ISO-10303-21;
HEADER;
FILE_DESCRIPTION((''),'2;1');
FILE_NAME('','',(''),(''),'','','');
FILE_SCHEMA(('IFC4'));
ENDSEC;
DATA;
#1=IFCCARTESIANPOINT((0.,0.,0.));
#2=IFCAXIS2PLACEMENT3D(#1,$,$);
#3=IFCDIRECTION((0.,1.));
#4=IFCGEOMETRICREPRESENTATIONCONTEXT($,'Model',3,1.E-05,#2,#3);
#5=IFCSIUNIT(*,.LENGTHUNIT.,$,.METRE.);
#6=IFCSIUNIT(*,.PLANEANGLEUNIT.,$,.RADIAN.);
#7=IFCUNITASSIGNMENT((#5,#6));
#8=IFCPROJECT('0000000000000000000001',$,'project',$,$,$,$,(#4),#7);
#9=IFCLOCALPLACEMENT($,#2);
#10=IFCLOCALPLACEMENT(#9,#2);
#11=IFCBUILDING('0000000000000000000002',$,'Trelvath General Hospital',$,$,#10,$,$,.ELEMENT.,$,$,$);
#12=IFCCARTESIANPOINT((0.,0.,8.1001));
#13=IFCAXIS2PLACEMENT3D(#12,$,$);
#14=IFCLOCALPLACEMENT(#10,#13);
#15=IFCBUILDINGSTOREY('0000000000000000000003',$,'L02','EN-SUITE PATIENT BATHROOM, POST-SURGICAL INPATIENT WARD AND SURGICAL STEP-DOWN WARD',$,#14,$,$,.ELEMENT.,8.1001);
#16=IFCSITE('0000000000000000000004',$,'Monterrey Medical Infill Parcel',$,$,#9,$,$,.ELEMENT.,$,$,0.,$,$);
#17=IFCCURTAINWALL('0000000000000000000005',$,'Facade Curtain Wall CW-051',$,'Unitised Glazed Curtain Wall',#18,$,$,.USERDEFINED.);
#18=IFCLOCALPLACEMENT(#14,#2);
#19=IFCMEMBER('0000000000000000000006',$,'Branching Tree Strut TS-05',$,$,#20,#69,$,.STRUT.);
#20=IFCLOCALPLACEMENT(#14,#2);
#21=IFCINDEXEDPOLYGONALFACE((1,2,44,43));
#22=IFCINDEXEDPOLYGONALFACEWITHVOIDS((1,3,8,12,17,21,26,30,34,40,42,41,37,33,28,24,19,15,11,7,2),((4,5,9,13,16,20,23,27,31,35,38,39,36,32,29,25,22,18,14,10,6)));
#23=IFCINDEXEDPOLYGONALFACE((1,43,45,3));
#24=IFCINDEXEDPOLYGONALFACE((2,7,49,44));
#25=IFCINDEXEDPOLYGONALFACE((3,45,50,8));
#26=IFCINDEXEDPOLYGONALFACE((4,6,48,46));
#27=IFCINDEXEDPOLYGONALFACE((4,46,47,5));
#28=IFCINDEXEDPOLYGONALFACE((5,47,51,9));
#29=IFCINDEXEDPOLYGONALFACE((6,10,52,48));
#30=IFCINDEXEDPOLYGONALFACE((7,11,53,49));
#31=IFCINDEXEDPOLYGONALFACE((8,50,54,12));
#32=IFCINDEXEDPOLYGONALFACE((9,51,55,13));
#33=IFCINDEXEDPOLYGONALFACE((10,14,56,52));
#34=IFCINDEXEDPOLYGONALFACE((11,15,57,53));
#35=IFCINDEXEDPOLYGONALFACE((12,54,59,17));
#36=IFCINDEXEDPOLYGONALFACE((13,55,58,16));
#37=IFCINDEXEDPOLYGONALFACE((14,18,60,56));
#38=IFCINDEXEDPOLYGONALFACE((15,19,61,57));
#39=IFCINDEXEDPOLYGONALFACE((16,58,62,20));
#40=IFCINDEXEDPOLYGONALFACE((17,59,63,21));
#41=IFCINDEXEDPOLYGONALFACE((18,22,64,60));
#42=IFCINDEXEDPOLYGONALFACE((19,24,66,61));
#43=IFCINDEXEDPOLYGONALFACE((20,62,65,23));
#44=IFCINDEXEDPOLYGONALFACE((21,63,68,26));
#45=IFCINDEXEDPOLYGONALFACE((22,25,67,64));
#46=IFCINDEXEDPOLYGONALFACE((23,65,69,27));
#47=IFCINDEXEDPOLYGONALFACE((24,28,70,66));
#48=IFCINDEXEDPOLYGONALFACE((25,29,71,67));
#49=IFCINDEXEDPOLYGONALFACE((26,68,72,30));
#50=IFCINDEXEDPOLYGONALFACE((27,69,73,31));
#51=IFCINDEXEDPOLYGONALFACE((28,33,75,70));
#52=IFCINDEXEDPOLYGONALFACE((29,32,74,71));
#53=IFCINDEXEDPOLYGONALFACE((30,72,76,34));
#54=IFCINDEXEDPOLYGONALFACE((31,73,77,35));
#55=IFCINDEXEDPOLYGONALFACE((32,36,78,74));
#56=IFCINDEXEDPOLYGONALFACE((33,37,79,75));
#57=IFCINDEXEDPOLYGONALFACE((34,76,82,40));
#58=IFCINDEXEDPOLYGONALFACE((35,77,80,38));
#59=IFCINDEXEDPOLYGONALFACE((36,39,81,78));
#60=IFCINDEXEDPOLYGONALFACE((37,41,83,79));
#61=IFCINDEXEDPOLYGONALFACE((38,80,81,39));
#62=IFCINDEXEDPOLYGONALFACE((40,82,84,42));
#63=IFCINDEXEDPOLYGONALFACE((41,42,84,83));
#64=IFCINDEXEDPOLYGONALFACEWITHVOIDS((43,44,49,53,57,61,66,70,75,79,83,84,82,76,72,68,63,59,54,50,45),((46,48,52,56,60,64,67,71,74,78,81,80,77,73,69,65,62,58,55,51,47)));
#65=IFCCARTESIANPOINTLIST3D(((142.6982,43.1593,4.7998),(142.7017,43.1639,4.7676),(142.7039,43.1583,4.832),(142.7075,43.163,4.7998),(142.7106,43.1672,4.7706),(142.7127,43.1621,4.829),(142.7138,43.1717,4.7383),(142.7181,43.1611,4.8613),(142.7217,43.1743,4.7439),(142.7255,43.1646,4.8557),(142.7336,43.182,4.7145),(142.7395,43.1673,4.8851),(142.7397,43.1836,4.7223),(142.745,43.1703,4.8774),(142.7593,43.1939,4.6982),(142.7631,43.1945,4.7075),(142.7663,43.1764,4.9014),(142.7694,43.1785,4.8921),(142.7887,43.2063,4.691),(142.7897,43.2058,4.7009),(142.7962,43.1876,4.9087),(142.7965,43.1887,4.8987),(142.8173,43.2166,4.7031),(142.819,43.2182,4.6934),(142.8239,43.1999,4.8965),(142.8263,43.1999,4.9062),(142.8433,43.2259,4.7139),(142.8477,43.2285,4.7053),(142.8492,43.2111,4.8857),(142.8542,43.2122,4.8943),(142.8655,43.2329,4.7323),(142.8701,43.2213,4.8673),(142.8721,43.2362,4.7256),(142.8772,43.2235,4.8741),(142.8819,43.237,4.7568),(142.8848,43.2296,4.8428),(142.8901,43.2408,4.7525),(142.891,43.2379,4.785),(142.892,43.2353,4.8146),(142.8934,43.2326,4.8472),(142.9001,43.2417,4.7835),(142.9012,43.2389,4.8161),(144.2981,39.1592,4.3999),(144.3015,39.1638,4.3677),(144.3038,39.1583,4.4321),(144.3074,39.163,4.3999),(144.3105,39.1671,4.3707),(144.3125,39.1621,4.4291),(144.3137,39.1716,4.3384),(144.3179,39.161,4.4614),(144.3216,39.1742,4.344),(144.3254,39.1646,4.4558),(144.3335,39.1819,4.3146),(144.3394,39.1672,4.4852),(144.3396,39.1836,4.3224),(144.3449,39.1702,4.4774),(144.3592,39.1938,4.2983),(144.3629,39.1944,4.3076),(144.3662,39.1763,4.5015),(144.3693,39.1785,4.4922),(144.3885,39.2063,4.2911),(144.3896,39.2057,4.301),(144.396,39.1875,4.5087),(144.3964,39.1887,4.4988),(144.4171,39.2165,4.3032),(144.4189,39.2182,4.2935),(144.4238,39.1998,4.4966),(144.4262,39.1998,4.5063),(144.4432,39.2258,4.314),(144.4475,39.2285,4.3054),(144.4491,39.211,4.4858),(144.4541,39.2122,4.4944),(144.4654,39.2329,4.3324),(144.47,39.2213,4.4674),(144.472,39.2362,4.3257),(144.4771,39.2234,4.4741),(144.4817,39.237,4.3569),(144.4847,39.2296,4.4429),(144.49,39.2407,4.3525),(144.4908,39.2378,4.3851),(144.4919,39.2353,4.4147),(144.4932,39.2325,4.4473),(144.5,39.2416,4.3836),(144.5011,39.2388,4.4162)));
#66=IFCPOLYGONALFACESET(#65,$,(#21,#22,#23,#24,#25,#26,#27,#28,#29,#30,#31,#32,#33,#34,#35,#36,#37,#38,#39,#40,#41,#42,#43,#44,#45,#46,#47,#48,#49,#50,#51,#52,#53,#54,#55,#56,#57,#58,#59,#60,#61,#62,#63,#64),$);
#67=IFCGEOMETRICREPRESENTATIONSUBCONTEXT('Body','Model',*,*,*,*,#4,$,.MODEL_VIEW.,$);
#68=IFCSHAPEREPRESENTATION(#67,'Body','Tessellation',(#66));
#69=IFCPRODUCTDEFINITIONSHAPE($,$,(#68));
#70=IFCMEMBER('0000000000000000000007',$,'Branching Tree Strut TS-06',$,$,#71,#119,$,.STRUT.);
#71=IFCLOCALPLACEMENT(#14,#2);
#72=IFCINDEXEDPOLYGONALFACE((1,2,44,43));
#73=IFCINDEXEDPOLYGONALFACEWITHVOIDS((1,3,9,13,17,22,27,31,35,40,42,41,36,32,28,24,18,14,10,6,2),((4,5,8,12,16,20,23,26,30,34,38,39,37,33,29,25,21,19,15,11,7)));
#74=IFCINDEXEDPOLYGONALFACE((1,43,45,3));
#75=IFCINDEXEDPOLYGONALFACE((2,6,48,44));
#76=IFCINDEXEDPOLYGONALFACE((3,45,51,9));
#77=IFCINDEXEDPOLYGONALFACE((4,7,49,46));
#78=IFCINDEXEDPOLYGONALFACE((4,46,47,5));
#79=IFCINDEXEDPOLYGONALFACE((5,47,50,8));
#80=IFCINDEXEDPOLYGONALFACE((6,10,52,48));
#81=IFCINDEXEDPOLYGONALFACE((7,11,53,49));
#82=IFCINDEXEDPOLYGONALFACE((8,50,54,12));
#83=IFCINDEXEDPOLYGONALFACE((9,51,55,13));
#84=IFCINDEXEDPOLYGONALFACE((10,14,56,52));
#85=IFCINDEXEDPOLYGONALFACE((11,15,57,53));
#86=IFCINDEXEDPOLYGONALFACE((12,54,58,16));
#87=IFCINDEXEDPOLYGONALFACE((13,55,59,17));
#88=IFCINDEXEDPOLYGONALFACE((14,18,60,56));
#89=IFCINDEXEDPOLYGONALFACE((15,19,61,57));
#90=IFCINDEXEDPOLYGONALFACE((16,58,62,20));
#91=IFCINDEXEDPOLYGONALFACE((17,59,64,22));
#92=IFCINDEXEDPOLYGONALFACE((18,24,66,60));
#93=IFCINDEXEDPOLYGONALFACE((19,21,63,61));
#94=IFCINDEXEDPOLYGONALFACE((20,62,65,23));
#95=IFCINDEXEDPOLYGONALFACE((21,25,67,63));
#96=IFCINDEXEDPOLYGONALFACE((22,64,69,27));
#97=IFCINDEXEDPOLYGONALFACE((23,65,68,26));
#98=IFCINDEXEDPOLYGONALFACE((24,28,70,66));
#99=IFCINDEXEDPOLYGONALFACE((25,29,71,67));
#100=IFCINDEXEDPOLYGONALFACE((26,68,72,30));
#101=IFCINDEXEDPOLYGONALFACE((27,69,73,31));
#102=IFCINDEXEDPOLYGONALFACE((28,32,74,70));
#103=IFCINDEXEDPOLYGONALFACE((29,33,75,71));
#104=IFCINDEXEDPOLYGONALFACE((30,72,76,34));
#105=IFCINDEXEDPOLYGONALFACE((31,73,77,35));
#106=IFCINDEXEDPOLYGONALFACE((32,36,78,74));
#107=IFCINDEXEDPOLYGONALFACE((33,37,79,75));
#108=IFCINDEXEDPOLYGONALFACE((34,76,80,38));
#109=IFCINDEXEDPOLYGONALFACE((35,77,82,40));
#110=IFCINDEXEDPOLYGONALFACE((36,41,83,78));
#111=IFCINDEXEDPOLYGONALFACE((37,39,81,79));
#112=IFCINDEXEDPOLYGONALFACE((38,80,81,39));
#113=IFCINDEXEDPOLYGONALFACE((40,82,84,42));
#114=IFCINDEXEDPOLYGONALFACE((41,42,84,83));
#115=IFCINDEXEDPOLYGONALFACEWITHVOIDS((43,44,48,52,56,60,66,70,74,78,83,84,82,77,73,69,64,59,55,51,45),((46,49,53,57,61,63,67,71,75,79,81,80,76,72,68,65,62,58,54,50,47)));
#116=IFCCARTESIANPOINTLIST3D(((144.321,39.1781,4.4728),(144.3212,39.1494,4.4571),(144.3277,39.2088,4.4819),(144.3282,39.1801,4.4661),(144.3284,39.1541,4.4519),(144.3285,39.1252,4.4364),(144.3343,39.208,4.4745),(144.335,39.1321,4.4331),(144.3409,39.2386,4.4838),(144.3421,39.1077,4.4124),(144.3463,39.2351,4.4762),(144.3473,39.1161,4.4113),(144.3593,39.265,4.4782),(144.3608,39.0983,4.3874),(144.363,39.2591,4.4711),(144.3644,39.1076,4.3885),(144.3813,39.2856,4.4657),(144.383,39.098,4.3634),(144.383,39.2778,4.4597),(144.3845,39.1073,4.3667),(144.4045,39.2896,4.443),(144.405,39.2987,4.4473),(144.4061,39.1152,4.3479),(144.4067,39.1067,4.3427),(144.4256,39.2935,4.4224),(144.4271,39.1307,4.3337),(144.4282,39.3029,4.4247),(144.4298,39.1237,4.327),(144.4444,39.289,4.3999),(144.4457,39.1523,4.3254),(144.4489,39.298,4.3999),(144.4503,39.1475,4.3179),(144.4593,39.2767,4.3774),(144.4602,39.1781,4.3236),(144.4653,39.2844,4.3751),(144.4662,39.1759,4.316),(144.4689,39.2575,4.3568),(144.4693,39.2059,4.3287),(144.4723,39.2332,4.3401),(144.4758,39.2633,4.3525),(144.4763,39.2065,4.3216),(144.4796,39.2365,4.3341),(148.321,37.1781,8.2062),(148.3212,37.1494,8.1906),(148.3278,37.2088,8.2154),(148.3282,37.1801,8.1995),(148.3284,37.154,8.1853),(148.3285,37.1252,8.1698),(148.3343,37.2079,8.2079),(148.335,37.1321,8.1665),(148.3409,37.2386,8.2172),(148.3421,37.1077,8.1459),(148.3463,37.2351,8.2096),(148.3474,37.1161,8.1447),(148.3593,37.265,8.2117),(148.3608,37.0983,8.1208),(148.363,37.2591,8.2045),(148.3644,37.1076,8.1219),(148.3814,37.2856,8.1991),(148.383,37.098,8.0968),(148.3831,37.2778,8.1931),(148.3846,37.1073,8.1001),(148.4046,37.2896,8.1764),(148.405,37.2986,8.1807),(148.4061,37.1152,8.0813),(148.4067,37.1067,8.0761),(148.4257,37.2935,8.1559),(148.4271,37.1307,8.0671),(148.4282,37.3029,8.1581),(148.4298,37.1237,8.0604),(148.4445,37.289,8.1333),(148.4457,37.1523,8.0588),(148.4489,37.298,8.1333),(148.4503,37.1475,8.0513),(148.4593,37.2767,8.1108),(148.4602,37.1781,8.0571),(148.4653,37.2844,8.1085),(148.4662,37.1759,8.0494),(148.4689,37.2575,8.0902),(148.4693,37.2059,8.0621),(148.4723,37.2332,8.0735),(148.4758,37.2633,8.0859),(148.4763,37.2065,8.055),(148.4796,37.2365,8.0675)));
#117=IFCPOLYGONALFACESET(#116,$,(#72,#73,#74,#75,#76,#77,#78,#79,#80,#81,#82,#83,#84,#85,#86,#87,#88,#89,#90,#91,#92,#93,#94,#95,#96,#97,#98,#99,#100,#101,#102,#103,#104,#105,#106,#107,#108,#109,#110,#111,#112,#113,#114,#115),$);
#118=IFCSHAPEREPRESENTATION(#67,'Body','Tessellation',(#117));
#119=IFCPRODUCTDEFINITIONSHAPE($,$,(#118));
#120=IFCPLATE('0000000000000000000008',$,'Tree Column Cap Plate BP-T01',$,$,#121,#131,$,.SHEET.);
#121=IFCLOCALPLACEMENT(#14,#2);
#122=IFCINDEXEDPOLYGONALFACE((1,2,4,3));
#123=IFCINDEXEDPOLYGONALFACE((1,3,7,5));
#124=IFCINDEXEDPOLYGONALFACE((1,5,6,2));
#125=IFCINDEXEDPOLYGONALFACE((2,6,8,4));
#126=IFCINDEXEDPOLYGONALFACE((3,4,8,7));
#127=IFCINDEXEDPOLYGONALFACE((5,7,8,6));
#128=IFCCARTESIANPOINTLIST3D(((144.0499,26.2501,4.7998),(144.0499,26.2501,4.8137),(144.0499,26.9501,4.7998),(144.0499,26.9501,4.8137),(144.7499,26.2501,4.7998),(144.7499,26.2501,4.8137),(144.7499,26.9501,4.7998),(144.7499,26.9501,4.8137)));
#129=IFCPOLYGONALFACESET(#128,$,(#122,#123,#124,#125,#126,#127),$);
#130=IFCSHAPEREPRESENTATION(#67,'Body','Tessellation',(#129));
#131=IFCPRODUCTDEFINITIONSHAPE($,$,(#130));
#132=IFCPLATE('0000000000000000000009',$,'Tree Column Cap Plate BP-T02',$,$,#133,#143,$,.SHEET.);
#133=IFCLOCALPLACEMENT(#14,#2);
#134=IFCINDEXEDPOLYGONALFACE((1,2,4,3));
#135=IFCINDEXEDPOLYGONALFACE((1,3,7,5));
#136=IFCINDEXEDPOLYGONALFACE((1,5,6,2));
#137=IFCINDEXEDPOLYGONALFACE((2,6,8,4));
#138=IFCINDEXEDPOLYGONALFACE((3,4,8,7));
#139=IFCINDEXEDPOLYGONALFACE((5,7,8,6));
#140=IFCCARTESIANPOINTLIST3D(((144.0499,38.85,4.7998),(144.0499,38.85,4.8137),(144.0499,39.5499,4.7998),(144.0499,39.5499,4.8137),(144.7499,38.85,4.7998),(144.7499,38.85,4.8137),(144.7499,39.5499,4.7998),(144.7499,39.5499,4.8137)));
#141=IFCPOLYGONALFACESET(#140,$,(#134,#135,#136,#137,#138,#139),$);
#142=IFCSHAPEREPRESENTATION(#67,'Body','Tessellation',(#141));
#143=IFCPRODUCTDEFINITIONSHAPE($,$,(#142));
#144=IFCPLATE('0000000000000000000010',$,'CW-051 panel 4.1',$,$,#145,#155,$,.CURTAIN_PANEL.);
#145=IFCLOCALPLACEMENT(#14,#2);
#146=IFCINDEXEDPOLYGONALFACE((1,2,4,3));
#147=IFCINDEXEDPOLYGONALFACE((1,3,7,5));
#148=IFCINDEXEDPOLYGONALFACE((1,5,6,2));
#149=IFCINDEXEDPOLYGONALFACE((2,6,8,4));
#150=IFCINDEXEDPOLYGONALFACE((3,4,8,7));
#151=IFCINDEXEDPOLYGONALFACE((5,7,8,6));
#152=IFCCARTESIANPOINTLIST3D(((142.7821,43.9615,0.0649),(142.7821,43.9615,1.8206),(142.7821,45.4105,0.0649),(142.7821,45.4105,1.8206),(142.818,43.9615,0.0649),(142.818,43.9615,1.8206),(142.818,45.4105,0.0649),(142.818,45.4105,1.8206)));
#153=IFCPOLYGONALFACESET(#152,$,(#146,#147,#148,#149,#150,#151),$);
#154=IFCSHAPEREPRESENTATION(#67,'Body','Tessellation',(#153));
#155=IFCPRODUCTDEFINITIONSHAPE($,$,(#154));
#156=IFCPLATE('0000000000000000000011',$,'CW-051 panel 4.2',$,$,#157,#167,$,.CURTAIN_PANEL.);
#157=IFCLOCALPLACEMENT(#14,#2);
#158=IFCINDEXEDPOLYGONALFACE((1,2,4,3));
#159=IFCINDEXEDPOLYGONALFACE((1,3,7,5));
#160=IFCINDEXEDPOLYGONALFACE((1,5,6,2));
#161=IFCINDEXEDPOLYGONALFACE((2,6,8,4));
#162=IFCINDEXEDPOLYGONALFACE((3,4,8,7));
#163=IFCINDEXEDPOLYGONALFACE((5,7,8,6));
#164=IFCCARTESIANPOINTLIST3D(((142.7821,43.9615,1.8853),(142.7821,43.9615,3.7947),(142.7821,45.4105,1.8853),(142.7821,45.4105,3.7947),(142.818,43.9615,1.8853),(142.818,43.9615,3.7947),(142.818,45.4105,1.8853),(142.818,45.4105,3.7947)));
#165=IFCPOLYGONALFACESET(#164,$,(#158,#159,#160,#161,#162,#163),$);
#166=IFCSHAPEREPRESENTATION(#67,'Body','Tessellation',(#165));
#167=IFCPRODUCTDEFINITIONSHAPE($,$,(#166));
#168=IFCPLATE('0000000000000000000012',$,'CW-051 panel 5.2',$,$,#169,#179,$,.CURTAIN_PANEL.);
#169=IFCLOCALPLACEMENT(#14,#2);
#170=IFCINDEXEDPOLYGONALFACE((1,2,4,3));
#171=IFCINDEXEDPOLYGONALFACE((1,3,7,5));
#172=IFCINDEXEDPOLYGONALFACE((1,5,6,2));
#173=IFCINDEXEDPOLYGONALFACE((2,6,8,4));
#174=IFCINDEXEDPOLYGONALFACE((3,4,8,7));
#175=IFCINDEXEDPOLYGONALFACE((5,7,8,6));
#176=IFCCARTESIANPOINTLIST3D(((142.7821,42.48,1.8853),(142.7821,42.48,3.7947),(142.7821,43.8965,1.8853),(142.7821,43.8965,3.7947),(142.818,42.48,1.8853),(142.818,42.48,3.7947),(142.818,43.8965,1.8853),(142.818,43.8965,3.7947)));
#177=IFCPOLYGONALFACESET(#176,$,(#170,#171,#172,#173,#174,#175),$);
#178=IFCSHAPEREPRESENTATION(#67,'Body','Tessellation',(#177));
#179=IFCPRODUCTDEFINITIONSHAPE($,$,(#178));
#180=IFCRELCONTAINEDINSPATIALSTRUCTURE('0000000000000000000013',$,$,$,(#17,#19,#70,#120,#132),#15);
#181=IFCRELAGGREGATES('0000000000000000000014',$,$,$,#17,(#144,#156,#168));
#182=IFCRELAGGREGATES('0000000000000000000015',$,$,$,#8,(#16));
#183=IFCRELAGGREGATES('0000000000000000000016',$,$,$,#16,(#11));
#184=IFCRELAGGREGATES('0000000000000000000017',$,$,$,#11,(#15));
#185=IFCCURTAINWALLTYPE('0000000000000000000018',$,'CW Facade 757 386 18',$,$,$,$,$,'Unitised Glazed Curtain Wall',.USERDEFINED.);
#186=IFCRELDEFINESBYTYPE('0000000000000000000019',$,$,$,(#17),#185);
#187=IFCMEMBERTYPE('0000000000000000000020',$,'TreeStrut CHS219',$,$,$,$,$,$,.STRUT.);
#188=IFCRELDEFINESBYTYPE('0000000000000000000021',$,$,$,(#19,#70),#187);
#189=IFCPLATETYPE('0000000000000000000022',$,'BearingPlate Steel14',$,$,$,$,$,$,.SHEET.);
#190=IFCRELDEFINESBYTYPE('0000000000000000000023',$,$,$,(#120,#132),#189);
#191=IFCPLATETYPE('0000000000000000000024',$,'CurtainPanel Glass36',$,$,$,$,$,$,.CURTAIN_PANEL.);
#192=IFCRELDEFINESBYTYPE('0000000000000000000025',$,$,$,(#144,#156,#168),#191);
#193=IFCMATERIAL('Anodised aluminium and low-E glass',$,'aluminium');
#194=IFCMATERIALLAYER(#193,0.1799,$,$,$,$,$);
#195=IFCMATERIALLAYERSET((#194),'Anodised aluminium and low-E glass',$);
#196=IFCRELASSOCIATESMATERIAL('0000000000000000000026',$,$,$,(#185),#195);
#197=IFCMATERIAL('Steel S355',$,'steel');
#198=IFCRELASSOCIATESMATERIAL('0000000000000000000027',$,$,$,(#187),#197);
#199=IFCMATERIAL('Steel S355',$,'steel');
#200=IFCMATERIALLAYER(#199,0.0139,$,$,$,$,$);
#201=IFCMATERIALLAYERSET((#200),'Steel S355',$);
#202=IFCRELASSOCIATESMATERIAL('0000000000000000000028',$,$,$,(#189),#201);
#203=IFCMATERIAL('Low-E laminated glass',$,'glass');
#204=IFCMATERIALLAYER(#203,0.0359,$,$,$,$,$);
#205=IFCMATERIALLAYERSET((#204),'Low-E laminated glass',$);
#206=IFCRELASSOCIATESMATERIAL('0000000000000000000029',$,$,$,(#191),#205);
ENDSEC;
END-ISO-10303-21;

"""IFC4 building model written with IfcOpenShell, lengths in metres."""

from ifc_helpers import new_model, si_unit, direction, frame, origin, origin_2d, place, context, subcontext, project, spatial, rectangle, hollow_circle, extrude, material, layer, layer_set, material_profile, profile_set, type_object, element, aggregate, save


model = new_model("IFC4")

# Units and contexts
model_context = context("Model", 3, precision=1e-05, world=origin(), true_north=direction((0.0, 1.0)))
body_context = subcontext(model_context, "Body", "Model", "MODEL_VIEW")
ifc_project = project(units=[si_unit("LENGTHUNIT", "METRE"), si_unit("PLANEANGLEUNIT", "RADIAN")], contexts=[model_context])

# Site, building, storey
site_placement = place(None, origin())
site = spatial("IfcSite", under=ifc_project, at=site_placement, Name="Monterrey Medical Infill Parcel", CompositionType="ELEMENT", RefElevation=0.0)
building_placement = place(site_placement, origin())
building = spatial("IfcBuilding", under=site, at=building_placement, Name="Trelvath General Hospital", CompositionType="ELEMENT")
storey_placement = place(building_placement, frame((0.0, 0.0, 8.1001)))
storey = spatial("IfcBuildingStorey", under=building, at=storey_placement, Name="L02", Description="EN-SUITE PATIENT BATHROOM, POST-SURGICAL INPATIENT WARD AND SURGICAL STEP-DOWN WARD", CompositionType="ELEMENT", Elevation=8.1001)

# Curtain wall
ifc_material_1 = material(Name="Anodised aluminium and low-E glass", Category="aluminium")
ifc_layer_1 = layer(ifc_material_1, 0.1799)
ifc_layer_set_1 = layer_set([ifc_layer_1], Name="Anodised aluminium and low-E glass")
curtain_wall_type = type_object("IfcCurtainWallType", Name="CW Facade 757 386 18", ElementType="Unitised Glazed Curtain Wall", PredefinedType="USERDEFINED", material=ifc_layer_set_1)
curtain_wall_placement = place(storey_placement, origin())
curtain_wall = element("IfcCurtainWall", 1, at=curtain_wall_placement, inside=storey, type_object=curtain_wall_type, Name="Facade Curtain Wall CW-051", ObjectType="Unitised Glazed Curtain Wall", PredefinedType="USERDEFINED")

# Members
ifc_material_2 = material(Name="Steel S355", Category="steel")
ifc_material_profile_1 = material_profile(ifc_material_2, hollow_circle(Radius=0.1096, WallThickness=0.01, at=origin_2d()), Name="CHS219.1x10.0")
ifc_profile_set_1 = profile_set([ifc_material_profile_1], Name="Steel S355")
member_type_1 = type_object("IfcMemberType", Name="TreeStrut CHS219", PredefinedType="STRUT", material=ifc_profile_set_1)
member_1_placement = place(storey_placement, frame((144.3999, 39.2, 4.3999), z_axis=(-0.369772, 0.924514, 0.092429), x_axis=(-0.928488, -0.371361, 0.0)))
element("IfcMember", 2, at=member_1_placement, inside=storey, type_object=member_type_1, Name="Branching Tree Strut TS-05", PredefinedType="STRUT", context=body_context, shape_type="SweptSolid", body=[
    extrude(hollow_circle(Radius=0.1096, WallThickness=0.01, at=origin_2d()), origin(), (0.0, 0.0, 1.0), 4.3267),
])
member_2_placement = place(storey_placement, frame((144.3999, 39.2, 4.3999), z_axis=(0.686618, -0.343309, 0.640855), x_axis=(0.447214, 0.894427, 0.0)))
element("IfcMember", 3, at=member_2_placement, inside=storey, type_object=member_type_1, Name="Branching Tree Strut TS-06", PredefinedType="STRUT", context=body_context, shape_type="SweptSolid", body=[
    extrude(hollow_circle(Radius=0.1096, WallThickness=0.01, at=origin_2d()), origin(), (0.0, 0.0, 1.0), 5.8257),
])

# Plates
ifc_material_3 = material(Name="Steel S355", Category="steel")
ifc_layer_2 = layer(ifc_material_3, 0.0139)
ifc_layer_set_2 = layer_set([ifc_layer_2], Name="Steel S355")
plate_type_1 = type_object("IfcPlateType", Name="BearingPlate Steel14", PredefinedType="SHEET", material=ifc_layer_set_2)
for number, where, z_axis, x_axis, name in (
    (4, (144.3999, 26.6001, 4.7998), (0.0, 0.0, 1.0), (1.0, 0.0, 0.0), "Tree Column Cap Plate BP-T01"),
    (5, (144.3999, 39.2, 4.7998), (0.0, 0.0, 1.0), (1.0, 0.0, 0.0), "Tree Column Cap Plate BP-T02"),
):
    element("IfcPlate", number, at=place(storey_placement, frame(where, z_axis=z_axis, x_axis=x_axis)), inside=storey, type_object=plate_type_1, Name=name, PredefinedType="SHEET", context=body_context, shape_type="SweptSolid", body=[
        extrude(rectangle(XDim=0.7, YDim=0.7, at=origin_2d()), origin(), (0.0, 0.0, 1.0), 0.0139),
    ])

# Plates
ifc_material_4 = material(Name="Low-E laminated glass", Category="glass")
ifc_layer_3 = layer(ifc_material_4, 0.0359)
ifc_layer_set_3 = layer_set([ifc_layer_3], Name="Low-E laminated glass")
plate_type_2 = type_object("IfcPlateType", Name="CurtainPanel Glass36", PredefinedType="CURTAIN_PANEL", material=ifc_layer_set_3)
plate_1_placement = place(storey_placement, frame((142.8, 44.686, 0.0649), z_axis=(0.0, 0.0, 1.0), x_axis=(0.0, -1.0, 0.0)))
plate_1 = element("IfcPlate", 6, at=plate_1_placement, type_object=plate_type_2, Name="CW-051 panel 4.1", PredefinedType="CURTAIN_PANEL", context=body_context, shape_type="SweptSolid", body=[
    extrude(rectangle(XDim=1.449, YDim=0.0359, at=origin_2d()), origin(), (0.0, 0.0, 1.0), 1.7556),
])
plate_2_placement = place(storey_placement, frame((142.8, 44.686, 1.8853), z_axis=(0.0, 0.0, 1.0), x_axis=(0.0, -1.0, 0.0)))
plate_2 = element("IfcPlate", 7, at=plate_2_placement, type_object=plate_type_2, Name="CW-051 panel 4.2", PredefinedType="CURTAIN_PANEL", context=body_context, shape_type="SweptSolid", body=[
    extrude(rectangle(XDim=1.449, YDim=0.0359, at=origin_2d()), origin(), (0.0, 0.0, 1.0), 1.9094),
])
plate_3_placement = place(storey_placement, frame((142.8, 43.1882, 1.8853), z_axis=(0.0, 0.0, 1.0), x_axis=(0.0, -1.0, 0.0)))
plate_3 = element("IfcPlate", 8, at=plate_3_placement, type_object=plate_type_2, Name="CW-051 panel 5.2", PredefinedType="CURTAIN_PANEL", context=body_context, shape_type="SweptSolid", body=[
    extrude(rectangle(XDim=1.4165, YDim=0.0359, at=origin_2d()), origin(), (0.0, 0.0, 1.0), 1.9094),
])
aggregate(curtain_wall, [plate_1, plate_2, plate_3])

save(model, "model.ifc")
